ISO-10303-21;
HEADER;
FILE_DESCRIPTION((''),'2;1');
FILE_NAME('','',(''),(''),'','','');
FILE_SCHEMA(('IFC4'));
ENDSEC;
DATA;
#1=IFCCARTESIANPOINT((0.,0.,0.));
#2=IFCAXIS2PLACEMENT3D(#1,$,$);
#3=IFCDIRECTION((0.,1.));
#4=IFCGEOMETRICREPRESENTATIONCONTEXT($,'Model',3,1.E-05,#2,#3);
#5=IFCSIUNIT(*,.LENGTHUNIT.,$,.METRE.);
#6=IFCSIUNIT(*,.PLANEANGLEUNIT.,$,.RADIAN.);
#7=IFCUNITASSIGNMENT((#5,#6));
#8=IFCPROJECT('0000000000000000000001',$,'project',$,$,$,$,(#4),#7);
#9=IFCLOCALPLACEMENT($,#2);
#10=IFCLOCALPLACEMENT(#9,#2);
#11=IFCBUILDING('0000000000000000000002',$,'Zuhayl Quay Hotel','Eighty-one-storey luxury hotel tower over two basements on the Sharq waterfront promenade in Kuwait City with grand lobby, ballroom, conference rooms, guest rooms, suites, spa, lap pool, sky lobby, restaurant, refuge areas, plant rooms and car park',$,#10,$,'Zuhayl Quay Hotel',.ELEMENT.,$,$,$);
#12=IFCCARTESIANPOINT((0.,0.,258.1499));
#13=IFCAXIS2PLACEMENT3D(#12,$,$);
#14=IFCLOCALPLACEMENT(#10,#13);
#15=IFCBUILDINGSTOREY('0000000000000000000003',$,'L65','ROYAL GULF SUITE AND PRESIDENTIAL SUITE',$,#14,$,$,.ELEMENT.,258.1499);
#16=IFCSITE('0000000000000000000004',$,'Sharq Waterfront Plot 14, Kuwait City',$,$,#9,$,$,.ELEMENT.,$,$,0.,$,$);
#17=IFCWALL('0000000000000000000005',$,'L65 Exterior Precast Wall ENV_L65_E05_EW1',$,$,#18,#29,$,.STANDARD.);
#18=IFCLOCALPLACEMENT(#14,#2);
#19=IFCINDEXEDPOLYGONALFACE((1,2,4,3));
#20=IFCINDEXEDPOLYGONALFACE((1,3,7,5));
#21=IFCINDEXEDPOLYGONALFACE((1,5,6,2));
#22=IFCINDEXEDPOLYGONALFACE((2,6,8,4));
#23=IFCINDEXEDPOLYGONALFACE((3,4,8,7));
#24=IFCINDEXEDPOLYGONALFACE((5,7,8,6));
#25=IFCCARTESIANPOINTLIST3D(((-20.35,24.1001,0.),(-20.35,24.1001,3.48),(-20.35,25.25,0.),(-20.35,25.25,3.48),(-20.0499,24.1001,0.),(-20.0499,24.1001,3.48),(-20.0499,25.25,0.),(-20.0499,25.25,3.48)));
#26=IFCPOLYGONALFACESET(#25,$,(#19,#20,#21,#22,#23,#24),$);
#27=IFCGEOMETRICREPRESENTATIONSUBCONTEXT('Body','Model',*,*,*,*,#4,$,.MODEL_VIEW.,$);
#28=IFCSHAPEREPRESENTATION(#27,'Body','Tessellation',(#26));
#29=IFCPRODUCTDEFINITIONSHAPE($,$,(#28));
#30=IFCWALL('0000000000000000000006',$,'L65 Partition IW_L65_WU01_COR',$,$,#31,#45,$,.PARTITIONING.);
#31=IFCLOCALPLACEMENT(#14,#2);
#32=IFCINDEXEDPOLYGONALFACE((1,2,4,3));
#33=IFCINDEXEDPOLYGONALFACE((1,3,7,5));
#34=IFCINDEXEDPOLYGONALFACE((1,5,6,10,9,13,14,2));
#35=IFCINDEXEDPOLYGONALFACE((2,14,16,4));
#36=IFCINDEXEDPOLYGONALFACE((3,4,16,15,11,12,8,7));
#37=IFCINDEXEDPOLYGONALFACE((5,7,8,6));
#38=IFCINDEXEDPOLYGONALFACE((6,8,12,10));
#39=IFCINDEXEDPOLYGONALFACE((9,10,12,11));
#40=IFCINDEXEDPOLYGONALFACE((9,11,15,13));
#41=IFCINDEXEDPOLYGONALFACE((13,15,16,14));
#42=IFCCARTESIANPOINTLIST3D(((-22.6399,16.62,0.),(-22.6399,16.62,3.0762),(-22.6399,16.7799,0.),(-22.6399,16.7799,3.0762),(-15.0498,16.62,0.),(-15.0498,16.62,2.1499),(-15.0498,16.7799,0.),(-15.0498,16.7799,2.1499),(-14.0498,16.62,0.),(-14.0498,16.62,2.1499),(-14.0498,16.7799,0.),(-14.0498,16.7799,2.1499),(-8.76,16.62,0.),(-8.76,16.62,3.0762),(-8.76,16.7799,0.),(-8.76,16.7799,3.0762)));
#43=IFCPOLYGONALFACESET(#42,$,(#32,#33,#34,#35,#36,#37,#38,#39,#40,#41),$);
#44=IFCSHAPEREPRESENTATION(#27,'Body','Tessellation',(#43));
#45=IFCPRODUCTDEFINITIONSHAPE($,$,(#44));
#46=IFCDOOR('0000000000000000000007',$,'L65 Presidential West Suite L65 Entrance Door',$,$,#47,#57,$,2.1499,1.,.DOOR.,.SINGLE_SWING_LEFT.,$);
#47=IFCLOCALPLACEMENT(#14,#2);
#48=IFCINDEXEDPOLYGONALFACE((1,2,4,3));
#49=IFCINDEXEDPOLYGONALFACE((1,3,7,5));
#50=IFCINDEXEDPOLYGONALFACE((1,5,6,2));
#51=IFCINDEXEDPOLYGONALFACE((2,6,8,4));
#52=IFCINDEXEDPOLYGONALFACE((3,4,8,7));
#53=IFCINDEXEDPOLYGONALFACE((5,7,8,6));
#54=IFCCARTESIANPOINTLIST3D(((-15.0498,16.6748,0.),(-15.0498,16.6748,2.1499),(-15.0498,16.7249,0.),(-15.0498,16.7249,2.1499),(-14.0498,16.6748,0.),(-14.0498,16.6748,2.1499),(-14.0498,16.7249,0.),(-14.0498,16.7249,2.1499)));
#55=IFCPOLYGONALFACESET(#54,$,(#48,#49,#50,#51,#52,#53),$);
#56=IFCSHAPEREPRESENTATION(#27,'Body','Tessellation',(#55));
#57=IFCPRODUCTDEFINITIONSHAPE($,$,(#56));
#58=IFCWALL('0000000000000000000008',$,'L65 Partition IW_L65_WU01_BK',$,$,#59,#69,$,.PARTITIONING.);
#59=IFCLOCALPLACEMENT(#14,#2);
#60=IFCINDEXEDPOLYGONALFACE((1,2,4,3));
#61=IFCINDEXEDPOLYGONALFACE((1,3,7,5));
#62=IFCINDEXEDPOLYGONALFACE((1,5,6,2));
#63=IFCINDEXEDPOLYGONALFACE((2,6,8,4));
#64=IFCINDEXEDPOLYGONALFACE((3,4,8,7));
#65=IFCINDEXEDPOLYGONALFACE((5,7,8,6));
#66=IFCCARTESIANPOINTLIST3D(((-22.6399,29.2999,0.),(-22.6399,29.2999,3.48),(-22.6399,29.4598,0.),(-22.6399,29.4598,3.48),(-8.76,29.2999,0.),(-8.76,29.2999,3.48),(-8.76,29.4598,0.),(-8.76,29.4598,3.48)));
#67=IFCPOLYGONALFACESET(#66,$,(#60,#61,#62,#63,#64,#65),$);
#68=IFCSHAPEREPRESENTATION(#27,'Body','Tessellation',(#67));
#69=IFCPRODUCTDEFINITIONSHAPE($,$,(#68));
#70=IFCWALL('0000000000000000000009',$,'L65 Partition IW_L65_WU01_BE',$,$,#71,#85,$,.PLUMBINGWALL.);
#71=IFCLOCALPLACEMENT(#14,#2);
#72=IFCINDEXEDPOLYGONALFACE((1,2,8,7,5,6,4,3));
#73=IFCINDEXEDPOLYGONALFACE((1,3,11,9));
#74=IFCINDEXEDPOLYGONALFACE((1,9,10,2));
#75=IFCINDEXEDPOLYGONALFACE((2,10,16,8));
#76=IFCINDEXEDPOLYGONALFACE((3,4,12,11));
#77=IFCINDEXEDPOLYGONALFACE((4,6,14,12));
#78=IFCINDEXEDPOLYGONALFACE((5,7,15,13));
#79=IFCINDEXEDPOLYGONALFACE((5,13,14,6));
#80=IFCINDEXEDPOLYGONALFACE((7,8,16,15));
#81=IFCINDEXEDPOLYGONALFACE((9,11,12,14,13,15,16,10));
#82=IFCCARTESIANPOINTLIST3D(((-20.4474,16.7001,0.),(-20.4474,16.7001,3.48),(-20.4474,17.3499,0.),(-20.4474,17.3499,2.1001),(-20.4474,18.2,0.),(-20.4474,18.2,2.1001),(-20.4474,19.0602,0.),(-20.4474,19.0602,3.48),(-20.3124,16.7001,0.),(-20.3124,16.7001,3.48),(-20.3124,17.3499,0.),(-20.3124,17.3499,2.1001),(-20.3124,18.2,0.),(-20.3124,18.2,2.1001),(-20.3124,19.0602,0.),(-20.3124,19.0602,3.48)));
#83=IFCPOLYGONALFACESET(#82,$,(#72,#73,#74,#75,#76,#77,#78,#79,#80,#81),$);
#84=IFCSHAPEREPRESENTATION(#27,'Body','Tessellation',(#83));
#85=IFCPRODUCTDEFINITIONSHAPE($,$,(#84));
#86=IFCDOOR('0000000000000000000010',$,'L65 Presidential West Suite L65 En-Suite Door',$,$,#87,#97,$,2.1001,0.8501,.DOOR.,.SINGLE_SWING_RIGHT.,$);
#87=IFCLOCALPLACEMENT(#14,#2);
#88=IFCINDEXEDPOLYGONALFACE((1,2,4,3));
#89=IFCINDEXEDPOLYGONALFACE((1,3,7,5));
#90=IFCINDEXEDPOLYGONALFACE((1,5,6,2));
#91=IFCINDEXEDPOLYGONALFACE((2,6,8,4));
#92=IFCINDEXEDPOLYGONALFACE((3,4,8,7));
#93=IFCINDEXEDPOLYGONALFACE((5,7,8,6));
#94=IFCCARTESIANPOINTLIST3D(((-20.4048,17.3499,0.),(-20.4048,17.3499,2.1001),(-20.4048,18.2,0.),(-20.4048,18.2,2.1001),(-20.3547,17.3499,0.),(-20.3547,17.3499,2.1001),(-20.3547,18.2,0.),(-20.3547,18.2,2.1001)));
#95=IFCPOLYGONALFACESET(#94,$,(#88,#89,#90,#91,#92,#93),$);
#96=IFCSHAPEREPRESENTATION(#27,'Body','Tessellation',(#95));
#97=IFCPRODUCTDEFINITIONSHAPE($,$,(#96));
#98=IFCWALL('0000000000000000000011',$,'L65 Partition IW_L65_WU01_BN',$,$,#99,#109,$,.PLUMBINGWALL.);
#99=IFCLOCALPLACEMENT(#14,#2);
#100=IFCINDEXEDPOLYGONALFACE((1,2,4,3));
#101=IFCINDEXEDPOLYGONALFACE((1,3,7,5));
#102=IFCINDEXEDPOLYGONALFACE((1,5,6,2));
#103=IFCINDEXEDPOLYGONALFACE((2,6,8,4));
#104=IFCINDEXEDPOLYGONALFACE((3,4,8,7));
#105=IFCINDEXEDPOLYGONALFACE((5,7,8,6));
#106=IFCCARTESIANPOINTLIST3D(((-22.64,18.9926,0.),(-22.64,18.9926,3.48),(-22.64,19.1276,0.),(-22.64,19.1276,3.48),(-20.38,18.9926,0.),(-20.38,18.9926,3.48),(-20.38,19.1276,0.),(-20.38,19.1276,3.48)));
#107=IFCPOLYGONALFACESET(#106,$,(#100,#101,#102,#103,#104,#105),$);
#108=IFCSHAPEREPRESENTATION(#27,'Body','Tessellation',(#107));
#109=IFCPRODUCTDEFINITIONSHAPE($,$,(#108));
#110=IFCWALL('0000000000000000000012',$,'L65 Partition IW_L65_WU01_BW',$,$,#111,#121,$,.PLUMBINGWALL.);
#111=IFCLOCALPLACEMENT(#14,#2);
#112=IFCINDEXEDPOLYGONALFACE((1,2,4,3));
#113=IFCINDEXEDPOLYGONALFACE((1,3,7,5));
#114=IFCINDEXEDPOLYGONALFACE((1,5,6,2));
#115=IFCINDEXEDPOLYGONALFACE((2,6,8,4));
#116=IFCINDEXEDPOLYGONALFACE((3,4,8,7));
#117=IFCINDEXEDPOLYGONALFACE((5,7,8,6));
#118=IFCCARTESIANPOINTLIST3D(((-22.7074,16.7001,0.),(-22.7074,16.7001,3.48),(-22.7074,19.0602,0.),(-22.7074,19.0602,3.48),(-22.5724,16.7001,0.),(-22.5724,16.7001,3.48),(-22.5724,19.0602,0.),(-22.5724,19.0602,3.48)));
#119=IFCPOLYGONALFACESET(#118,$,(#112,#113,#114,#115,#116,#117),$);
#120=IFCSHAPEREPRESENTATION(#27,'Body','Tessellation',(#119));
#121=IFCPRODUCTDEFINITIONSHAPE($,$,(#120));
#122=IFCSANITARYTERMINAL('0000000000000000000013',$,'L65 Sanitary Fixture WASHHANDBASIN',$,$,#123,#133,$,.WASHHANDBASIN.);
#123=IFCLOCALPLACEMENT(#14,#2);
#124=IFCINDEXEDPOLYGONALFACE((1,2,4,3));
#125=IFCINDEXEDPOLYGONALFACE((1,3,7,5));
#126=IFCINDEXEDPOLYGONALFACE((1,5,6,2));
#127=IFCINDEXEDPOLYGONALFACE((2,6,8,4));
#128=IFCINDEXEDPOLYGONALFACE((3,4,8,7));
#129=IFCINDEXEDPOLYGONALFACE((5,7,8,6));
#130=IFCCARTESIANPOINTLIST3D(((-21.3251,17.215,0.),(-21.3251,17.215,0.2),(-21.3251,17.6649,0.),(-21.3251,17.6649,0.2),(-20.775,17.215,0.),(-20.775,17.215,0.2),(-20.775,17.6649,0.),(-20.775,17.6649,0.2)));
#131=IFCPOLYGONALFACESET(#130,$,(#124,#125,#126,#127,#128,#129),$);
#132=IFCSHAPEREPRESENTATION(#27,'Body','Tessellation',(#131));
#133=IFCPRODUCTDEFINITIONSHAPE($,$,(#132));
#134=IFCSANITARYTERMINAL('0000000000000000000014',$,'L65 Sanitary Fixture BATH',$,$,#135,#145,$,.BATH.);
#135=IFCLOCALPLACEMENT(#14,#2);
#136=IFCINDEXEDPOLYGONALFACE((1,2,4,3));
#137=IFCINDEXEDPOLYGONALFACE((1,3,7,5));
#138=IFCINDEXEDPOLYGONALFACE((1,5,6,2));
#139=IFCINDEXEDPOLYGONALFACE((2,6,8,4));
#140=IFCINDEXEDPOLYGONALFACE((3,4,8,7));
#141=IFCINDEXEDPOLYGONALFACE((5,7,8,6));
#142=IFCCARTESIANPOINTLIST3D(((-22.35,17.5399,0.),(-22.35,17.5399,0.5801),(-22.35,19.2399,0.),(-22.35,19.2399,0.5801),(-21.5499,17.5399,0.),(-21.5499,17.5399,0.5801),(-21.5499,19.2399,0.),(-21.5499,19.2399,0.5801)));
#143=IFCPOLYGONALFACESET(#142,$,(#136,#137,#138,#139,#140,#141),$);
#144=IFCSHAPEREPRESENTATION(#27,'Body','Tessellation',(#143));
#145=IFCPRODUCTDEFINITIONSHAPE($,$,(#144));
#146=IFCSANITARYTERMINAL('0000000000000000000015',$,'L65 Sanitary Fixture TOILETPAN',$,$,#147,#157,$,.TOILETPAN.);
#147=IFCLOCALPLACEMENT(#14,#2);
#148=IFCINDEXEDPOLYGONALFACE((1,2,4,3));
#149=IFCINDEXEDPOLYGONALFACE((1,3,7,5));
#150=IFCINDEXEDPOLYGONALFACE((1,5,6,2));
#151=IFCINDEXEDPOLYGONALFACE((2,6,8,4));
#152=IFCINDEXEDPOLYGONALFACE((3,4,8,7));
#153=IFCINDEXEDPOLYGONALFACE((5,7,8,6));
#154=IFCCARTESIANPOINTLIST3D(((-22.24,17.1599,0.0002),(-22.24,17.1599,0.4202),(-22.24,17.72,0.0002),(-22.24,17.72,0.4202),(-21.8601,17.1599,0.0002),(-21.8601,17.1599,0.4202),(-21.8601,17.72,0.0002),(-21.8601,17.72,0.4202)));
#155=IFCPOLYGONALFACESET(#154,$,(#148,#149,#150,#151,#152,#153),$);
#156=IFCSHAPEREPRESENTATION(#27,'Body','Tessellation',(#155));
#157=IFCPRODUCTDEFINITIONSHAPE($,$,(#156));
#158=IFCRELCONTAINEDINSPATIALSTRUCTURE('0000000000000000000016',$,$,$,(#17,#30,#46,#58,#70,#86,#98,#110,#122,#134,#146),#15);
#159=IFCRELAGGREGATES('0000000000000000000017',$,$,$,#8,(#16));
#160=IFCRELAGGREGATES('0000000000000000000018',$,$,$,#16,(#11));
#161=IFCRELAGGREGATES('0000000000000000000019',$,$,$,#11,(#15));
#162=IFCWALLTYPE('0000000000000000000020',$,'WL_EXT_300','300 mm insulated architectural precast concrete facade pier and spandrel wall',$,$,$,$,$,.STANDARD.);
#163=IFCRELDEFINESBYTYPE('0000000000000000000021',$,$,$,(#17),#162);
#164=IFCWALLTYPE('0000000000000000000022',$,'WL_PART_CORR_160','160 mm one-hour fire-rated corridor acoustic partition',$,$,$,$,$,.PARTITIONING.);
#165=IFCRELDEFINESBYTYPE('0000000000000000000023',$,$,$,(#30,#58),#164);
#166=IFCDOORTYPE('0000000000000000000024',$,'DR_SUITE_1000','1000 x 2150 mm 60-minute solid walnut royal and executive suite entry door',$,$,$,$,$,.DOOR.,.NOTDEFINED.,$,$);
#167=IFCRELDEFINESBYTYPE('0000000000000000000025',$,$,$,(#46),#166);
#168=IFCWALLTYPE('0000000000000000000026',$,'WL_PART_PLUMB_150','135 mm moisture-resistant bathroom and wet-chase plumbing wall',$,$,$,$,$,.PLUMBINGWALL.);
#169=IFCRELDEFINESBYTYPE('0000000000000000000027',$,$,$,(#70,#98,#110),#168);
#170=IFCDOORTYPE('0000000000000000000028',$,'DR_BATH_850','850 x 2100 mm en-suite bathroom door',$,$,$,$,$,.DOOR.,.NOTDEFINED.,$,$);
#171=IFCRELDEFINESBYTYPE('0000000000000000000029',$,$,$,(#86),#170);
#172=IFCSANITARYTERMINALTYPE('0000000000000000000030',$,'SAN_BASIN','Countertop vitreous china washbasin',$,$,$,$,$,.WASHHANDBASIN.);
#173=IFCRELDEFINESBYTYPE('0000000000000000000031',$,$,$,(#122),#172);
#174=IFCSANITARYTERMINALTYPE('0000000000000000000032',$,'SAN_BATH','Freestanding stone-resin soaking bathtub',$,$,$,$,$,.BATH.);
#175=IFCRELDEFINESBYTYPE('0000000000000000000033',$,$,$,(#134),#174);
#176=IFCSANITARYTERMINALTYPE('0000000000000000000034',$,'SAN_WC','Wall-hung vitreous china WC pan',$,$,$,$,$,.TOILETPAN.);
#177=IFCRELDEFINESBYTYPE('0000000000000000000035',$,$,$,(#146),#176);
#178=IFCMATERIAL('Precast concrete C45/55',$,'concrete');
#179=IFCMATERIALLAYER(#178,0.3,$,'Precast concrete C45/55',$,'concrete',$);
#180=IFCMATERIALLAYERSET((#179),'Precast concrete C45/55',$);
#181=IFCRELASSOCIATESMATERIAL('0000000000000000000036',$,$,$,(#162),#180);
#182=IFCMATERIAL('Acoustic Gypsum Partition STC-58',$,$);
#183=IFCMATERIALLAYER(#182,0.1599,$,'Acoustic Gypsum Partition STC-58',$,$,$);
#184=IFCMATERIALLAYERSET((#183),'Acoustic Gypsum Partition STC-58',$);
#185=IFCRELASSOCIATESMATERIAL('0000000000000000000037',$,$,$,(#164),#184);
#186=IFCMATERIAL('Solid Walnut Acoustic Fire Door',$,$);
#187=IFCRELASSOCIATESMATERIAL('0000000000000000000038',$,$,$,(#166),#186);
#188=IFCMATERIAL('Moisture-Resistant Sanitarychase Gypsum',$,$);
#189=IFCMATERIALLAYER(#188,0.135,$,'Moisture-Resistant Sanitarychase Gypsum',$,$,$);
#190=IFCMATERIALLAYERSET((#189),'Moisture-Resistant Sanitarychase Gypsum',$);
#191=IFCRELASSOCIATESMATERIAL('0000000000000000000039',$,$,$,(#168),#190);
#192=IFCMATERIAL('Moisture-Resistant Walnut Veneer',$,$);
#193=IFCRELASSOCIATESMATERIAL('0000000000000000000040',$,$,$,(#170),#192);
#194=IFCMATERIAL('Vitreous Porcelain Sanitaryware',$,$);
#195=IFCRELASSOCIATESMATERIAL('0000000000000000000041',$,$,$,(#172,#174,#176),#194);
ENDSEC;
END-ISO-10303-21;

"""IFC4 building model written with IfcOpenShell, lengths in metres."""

from ifc_helpers import new_model, si_unit, direction, frame, frame_2d, origin, origin_2d, place, context, subcontext, project, spatial, rectangle, extrude, material, layer, layer_set, type_object, element, fill, save


model = new_model("IFC4")

# Units and contexts
model_context = context("Model", 3, precision=1e-05, world=origin(), true_north=direction((0.0, 1.0)))
body_context = subcontext(model_context, "Body", "Model", "MODEL_VIEW")
ifc_project = project(units=[si_unit("LENGTHUNIT", "METRE"), si_unit("PLANEANGLEUNIT", "RADIAN")], contexts=[model_context])

# Site, building, storey
site_placement = place(None, origin())
site = spatial("IfcSite", under=ifc_project, at=site_placement, Name="Sharq Waterfront Plot 14, Kuwait City", CompositionType="ELEMENT", RefElevation=0.0)
building_placement = place(site_placement, origin())
building = spatial("IfcBuilding", under=site, at=building_placement, Name="Zuhayl Quay Hotel", Description="Eighty-one-storey luxury hotel tower over two basements on the Sharq waterfront promenade in Kuwait City with grand lobby, ballroom, conference rooms, guest rooms, suites, spa, lap pool, sky lobby, restaurant, refuge areas, plant rooms and car park", LongName="Zuhayl Quay Hotel", CompositionType="ELEMENT")
storey_placement = place(building_placement, frame((0.0, 0.0, 258.1499)))
storey = spatial("IfcBuildingStorey", under=building, at=storey_placement, Name="L65", Description="ROYAL GULF SUITE AND PRESIDENTIAL SUITE", CompositionType="ELEMENT", Elevation=258.1499)

# Wall
ifc_material_1 = material(Name="Precast concrete C45/55", Category="concrete")
ifc_layer_1 = layer(ifc_material_1, 0.3, Name="Precast concrete C45/55", Category="concrete")
ifc_layer_set_1 = layer_set([ifc_layer_1], Name="Precast concrete C45/55")
wall_type_1 = type_object("IfcWallType", Name="WL_EXT_300", Description="300 mm insulated architectural precast concrete facade pier and spandrel wall", PredefinedType="STANDARD", material=ifc_layer_set_1)
wall_1_placement = place(storey_placement, frame((-20.2, 24.1001, 0.0), z_axis=(0.0, 0.0, 1.0), x_axis=(0.0, 1.0, 0.0)))
element("IfcWall", 1, at=wall_1_placement, inside=storey, type_object=wall_type_1, Name="L65 Exterior Precast Wall ENV_L65_E05_EW1", PredefinedType="STANDARD", context=body_context, shape_type="SweptSolid", body=[
    extrude(rectangle(XDim=1.1499, YDim=0.3, at=frame_2d((0.575, 0.0))), origin(), (0.0, 0.0, 1.0), 3.48),
])

# Wall, opening, door
ifc_material_2 = material(Name="Acoustic Gypsum Partition STC-58")
ifc_layer_2 = layer(ifc_material_2, 0.1599, Name="Acoustic Gypsum Partition STC-58")
ifc_layer_set_2 = layer_set([ifc_layer_2], Name="Acoustic Gypsum Partition STC-58")
wall_type_2 = type_object("IfcWallType", Name="WL_PART_CORR_160", Description="160 mm one-hour fire-rated corridor acoustic partition", PredefinedType="PARTITIONING", material=ifc_layer_set_2)
wall_2_placement = place(storey_placement, frame((-22.6399, 16.7, 0.0), z_axis=(0.0, 0.0, 1.0), x_axis=(1.0, 0.0, 0.0)))
wall_2 = element("IfcWall", 2, at=wall_2_placement, inside=storey, type_object=wall_type_2, Name="L65 Partition IW_L65_WU01_COR", PredefinedType="PARTITIONING", context=body_context, shape_type="SweptSolid", body=[
    extrude(rectangle(XDim=13.8799, YDim=0.1599, at=frame_2d((6.9399, 0.0))), origin(), (0.0, 0.0, 1.0), 3.0762),
])
opening_1_placement = place(wall_2_placement, frame((7.5901, 0.0, 0.0)))
opening_1 = element("IfcOpeningElement", 3, at=opening_1_placement, cuts=wall_2, PredefinedType="OPENING", context=body_context, shape_type="SweptSolid", body=[
    extrude(rectangle(XDim=1.0, YDim=2.1499, at=frame_2d((0.5, 1.075))), frame((0.0, 0.0898, 0.0), z_axis=(0.0, -1.0, 0.0), x_axis=(1.0, 0.0, 0.0)), (0.0, 0.0, 1.0), 0.1799),
])
ifc_material_3 = material(Name="Solid Walnut Acoustic Fire Door")
door_type_1 = type_object("IfcDoorType", Name="DR_SUITE_1000", Description="1000 x 2150 mm 60-minute solid walnut royal and executive suite entry door", OperationType="NOTDEFINED", PredefinedType="DOOR", material=ifc_material_3)
door_1_placement = place(opening_1_placement, origin())
door_1 = element("IfcDoor", 4, at=door_1_placement, inside=storey, type_object=door_type_1, Name="L65 Presidential West Suite L65 Entrance Door", OperationType="SINGLE_SWING_LEFT", OverallHeight=2.1499, OverallWidth=1.0, PredefinedType="DOOR", context=body_context, shape_type="SweptSolid", body=[
    extrude(rectangle(XDim=1.0, YDim=2.1499, at=frame_2d((0.5, 1.075))), frame((0.0, 0.0249, 0.0), z_axis=(0.0, -1.0, 0.0), x_axis=(1.0, 0.0, 0.0)), (0.0, 0.0, 1.0), 0.05),
])
fill(opening_1, door_1)

# Wall
wall_3_placement = place(storey_placement, frame((-22.6399, 29.3799, 0.0), z_axis=(0.0, 0.0, 1.0), x_axis=(1.0, 0.0, 0.0)))
element("IfcWall", 5, at=wall_3_placement, inside=storey, type_object=wall_type_2, Name="L65 Partition IW_L65_WU01_BK", PredefinedType="PARTITIONING", context=body_context, shape_type="SweptSolid", body=[
    extrude(rectangle(XDim=13.8799, YDim=0.1599, at=frame_2d((6.9399, 0.0))), origin(), (0.0, 0.0, 1.0), 3.48),
])

# Wall, opening, door
ifc_material_4 = material(Name="Moisture-Resistant Sanitarychase Gypsum")
ifc_layer_3 = layer(ifc_material_4, 0.135, Name="Moisture-Resistant Sanitarychase Gypsum")
ifc_layer_set_3 = layer_set([ifc_layer_3], Name="Moisture-Resistant Sanitarychase Gypsum")
wall_type_3 = type_object("IfcWallType", Name="WL_PART_PLUMB_150", Description="135 mm moisture-resistant bathroom and wet-chase plumbing wall", PredefinedType="PLUMBINGWALL", material=ifc_layer_set_3)
wall_4_placement = place(storey_placement, frame((-20.3799, 16.7, 0.0), z_axis=(0.0, 0.0, 1.0), x_axis=(0.0, 1.0, 0.0)))
wall_4 = element("IfcWall", 6, at=wall_4_placement, inside=storey, type_object=wall_type_3, Name="L65 Partition IW_L65_WU01_BE", PredefinedType="PLUMBINGWALL", context=body_context, shape_type="SweptSolid", body=[
    extrude(rectangle(XDim=2.3601, YDim=0.135, at=frame_2d((1.1802, 0.0))), origin(), (0.0, 0.0, 1.0), 3.48),
])
opening_2_placement = place(wall_4_placement, frame((0.6499, 0.0, 0.0)))
opening_2 = element("IfcOpeningElement", 7, at=opening_2_placement, cuts=wall_4, PredefinedType="OPENING", context=body_context, shape_type="SweptSolid", body=[
    extrude(rectangle(XDim=0.8501, YDim=2.1001, at=frame_2d((0.425, 1.05))), frame((0.0, 0.0774, 0.0), z_axis=(0.0, -1.0, 0.0), x_axis=(1.0, 0.0, 0.0)), (0.0, 0.0, 1.0), 0.155),
])
ifc_material_5 = material(Name="Moisture-Resistant Walnut Veneer")
door_type_2 = type_object("IfcDoorType", Name="DR_BATH_850", Description="850 x 2100 mm en-suite bathroom door", OperationType="NOTDEFINED", PredefinedType="DOOR", material=ifc_material_5)
door_2_placement = place(opening_2_placement, origin())
door_2 = element("IfcDoor", 8, at=door_2_placement, inside=storey, type_object=door_type_2, Name="L65 Presidential West Suite L65 En-Suite Door", OperationType="SINGLE_SWING_RIGHT", OverallHeight=2.1001, OverallWidth=0.8501, PredefinedType="DOOR", context=body_context, shape_type="SweptSolid", body=[
    extrude(rectangle(XDim=0.8501, YDim=2.1001, at=frame_2d((0.425, 1.05))), frame((0.0, 0.0249, 0.0), z_axis=(0.0, -1.0, 0.0), x_axis=(1.0, 0.0, 0.0)), (0.0, 0.0, 1.0), 0.05),
])
fill(opening_2, door_2)

# Walls
wall_5_placement = place(storey_placement, frame((-22.6399, 19.0601, 0.0), z_axis=(0.0, 0.0, 1.0), x_axis=(1.0, 0.0, 0.0)))
element("IfcWall", 9, at=wall_5_placement, inside=storey, type_object=wall_type_3, Name="L65 Partition IW_L65_WU01_BN", PredefinedType="PLUMBINGWALL", context=body_context, shape_type="SweptSolid", body=[
    extrude(rectangle(XDim=2.26, YDim=0.135, at=frame_2d((1.1299, 0.0))), origin(), (0.0, 0.0, 1.0), 3.48),
])
wall_6_placement = place(storey_placement, frame((-22.6399, 16.7, 0.0), z_axis=(0.0, 0.0, 1.0), x_axis=(0.0, 1.0, 0.0)))
element("IfcWall", 10, at=wall_6_placement, inside=storey, type_object=wall_type_3, Name="L65 Partition IW_L65_WU01_BW", PredefinedType="PLUMBINGWALL", context=body_context, shape_type="SweptSolid", body=[
    extrude(rectangle(XDim=2.3601, YDim=0.135, at=frame_2d((1.1802, 0.0))), origin(), (0.0, 0.0, 1.0), 3.48),
])

# Sanitary terminals
ifc_material_6 = material(Name="Vitreous Porcelain Sanitaryware")
sanitary_terminal_type_1 = type_object("IfcSanitaryTerminalType", Name="SAN_BASIN", Description="Countertop vitreous china washbasin", PredefinedType="WASHHANDBASIN", material=ifc_material_6)
sanitary_terminal_1_placement = place(storey_placement, frame((-21.05, 17.4399, 0.0), z_axis=(0.0, 0.0, 1.0), x_axis=(1.0, 0.0, 0.0)))
element("IfcSanitaryTerminal", 11, at=sanitary_terminal_1_placement, inside=storey, type_object=sanitary_terminal_type_1, Name="L65 Sanitary Fixture WASHHANDBASIN", PredefinedType="WASHHANDBASIN", context=body_context, shape_type="SweptSolid", body=[
    extrude(rectangle(XDim=0.55, YDim=0.45, at=origin_2d()), origin(), (0.0, 0.0, 1.0), 0.2),
])
sanitary_terminal_type_2 = type_object("IfcSanitaryTerminalType", Name="SAN_BATH", Description="Freestanding stone-resin soaking bathtub", PredefinedType="BATH", material=ifc_material_6)
sanitary_terminal_2_placement = place(storey_placement, frame((-21.95, 18.3899, 0.0), z_axis=(0.0, 0.0, 1.0), x_axis=(1.0, 0.0, 0.0)))
element("IfcSanitaryTerminal", 12, at=sanitary_terminal_2_placement, inside=storey, type_object=sanitary_terminal_type_2, Name="L65 Sanitary Fixture BATH", PredefinedType="BATH", context=body_context, shape_type="SweptSolid", body=[
    extrude(rectangle(XDim=0.8, YDim=1.7, at=origin_2d()), origin(), (0.0, 0.0, 1.0), 0.5801),
])
sanitary_terminal_type_3 = type_object("IfcSanitaryTerminalType", Name="SAN_WC", Description="Wall-hung vitreous china WC pan", PredefinedType="TOILETPAN", material=ifc_material_6)
sanitary_terminal_3_placement = place(storey_placement, frame((-22.05, 17.4399, 0.0002), z_axis=(0.0, 0.0, 1.0), x_axis=(1.0, 0.0, 0.0)))
element("IfcSanitaryTerminal", 13, at=sanitary_terminal_3_placement, inside=storey, type_object=sanitary_terminal_type_3, Name="L65 Sanitary Fixture TOILETPAN", PredefinedType="TOILETPAN", context=body_context, shape_type="SweptSolid", body=[
    extrude(rectangle(XDim=0.3799, YDim=0.5601, at=origin_2d()), origin(), (0.0, 0.0, 1.0), 0.4199),
])

save(model, "model.ifc")
